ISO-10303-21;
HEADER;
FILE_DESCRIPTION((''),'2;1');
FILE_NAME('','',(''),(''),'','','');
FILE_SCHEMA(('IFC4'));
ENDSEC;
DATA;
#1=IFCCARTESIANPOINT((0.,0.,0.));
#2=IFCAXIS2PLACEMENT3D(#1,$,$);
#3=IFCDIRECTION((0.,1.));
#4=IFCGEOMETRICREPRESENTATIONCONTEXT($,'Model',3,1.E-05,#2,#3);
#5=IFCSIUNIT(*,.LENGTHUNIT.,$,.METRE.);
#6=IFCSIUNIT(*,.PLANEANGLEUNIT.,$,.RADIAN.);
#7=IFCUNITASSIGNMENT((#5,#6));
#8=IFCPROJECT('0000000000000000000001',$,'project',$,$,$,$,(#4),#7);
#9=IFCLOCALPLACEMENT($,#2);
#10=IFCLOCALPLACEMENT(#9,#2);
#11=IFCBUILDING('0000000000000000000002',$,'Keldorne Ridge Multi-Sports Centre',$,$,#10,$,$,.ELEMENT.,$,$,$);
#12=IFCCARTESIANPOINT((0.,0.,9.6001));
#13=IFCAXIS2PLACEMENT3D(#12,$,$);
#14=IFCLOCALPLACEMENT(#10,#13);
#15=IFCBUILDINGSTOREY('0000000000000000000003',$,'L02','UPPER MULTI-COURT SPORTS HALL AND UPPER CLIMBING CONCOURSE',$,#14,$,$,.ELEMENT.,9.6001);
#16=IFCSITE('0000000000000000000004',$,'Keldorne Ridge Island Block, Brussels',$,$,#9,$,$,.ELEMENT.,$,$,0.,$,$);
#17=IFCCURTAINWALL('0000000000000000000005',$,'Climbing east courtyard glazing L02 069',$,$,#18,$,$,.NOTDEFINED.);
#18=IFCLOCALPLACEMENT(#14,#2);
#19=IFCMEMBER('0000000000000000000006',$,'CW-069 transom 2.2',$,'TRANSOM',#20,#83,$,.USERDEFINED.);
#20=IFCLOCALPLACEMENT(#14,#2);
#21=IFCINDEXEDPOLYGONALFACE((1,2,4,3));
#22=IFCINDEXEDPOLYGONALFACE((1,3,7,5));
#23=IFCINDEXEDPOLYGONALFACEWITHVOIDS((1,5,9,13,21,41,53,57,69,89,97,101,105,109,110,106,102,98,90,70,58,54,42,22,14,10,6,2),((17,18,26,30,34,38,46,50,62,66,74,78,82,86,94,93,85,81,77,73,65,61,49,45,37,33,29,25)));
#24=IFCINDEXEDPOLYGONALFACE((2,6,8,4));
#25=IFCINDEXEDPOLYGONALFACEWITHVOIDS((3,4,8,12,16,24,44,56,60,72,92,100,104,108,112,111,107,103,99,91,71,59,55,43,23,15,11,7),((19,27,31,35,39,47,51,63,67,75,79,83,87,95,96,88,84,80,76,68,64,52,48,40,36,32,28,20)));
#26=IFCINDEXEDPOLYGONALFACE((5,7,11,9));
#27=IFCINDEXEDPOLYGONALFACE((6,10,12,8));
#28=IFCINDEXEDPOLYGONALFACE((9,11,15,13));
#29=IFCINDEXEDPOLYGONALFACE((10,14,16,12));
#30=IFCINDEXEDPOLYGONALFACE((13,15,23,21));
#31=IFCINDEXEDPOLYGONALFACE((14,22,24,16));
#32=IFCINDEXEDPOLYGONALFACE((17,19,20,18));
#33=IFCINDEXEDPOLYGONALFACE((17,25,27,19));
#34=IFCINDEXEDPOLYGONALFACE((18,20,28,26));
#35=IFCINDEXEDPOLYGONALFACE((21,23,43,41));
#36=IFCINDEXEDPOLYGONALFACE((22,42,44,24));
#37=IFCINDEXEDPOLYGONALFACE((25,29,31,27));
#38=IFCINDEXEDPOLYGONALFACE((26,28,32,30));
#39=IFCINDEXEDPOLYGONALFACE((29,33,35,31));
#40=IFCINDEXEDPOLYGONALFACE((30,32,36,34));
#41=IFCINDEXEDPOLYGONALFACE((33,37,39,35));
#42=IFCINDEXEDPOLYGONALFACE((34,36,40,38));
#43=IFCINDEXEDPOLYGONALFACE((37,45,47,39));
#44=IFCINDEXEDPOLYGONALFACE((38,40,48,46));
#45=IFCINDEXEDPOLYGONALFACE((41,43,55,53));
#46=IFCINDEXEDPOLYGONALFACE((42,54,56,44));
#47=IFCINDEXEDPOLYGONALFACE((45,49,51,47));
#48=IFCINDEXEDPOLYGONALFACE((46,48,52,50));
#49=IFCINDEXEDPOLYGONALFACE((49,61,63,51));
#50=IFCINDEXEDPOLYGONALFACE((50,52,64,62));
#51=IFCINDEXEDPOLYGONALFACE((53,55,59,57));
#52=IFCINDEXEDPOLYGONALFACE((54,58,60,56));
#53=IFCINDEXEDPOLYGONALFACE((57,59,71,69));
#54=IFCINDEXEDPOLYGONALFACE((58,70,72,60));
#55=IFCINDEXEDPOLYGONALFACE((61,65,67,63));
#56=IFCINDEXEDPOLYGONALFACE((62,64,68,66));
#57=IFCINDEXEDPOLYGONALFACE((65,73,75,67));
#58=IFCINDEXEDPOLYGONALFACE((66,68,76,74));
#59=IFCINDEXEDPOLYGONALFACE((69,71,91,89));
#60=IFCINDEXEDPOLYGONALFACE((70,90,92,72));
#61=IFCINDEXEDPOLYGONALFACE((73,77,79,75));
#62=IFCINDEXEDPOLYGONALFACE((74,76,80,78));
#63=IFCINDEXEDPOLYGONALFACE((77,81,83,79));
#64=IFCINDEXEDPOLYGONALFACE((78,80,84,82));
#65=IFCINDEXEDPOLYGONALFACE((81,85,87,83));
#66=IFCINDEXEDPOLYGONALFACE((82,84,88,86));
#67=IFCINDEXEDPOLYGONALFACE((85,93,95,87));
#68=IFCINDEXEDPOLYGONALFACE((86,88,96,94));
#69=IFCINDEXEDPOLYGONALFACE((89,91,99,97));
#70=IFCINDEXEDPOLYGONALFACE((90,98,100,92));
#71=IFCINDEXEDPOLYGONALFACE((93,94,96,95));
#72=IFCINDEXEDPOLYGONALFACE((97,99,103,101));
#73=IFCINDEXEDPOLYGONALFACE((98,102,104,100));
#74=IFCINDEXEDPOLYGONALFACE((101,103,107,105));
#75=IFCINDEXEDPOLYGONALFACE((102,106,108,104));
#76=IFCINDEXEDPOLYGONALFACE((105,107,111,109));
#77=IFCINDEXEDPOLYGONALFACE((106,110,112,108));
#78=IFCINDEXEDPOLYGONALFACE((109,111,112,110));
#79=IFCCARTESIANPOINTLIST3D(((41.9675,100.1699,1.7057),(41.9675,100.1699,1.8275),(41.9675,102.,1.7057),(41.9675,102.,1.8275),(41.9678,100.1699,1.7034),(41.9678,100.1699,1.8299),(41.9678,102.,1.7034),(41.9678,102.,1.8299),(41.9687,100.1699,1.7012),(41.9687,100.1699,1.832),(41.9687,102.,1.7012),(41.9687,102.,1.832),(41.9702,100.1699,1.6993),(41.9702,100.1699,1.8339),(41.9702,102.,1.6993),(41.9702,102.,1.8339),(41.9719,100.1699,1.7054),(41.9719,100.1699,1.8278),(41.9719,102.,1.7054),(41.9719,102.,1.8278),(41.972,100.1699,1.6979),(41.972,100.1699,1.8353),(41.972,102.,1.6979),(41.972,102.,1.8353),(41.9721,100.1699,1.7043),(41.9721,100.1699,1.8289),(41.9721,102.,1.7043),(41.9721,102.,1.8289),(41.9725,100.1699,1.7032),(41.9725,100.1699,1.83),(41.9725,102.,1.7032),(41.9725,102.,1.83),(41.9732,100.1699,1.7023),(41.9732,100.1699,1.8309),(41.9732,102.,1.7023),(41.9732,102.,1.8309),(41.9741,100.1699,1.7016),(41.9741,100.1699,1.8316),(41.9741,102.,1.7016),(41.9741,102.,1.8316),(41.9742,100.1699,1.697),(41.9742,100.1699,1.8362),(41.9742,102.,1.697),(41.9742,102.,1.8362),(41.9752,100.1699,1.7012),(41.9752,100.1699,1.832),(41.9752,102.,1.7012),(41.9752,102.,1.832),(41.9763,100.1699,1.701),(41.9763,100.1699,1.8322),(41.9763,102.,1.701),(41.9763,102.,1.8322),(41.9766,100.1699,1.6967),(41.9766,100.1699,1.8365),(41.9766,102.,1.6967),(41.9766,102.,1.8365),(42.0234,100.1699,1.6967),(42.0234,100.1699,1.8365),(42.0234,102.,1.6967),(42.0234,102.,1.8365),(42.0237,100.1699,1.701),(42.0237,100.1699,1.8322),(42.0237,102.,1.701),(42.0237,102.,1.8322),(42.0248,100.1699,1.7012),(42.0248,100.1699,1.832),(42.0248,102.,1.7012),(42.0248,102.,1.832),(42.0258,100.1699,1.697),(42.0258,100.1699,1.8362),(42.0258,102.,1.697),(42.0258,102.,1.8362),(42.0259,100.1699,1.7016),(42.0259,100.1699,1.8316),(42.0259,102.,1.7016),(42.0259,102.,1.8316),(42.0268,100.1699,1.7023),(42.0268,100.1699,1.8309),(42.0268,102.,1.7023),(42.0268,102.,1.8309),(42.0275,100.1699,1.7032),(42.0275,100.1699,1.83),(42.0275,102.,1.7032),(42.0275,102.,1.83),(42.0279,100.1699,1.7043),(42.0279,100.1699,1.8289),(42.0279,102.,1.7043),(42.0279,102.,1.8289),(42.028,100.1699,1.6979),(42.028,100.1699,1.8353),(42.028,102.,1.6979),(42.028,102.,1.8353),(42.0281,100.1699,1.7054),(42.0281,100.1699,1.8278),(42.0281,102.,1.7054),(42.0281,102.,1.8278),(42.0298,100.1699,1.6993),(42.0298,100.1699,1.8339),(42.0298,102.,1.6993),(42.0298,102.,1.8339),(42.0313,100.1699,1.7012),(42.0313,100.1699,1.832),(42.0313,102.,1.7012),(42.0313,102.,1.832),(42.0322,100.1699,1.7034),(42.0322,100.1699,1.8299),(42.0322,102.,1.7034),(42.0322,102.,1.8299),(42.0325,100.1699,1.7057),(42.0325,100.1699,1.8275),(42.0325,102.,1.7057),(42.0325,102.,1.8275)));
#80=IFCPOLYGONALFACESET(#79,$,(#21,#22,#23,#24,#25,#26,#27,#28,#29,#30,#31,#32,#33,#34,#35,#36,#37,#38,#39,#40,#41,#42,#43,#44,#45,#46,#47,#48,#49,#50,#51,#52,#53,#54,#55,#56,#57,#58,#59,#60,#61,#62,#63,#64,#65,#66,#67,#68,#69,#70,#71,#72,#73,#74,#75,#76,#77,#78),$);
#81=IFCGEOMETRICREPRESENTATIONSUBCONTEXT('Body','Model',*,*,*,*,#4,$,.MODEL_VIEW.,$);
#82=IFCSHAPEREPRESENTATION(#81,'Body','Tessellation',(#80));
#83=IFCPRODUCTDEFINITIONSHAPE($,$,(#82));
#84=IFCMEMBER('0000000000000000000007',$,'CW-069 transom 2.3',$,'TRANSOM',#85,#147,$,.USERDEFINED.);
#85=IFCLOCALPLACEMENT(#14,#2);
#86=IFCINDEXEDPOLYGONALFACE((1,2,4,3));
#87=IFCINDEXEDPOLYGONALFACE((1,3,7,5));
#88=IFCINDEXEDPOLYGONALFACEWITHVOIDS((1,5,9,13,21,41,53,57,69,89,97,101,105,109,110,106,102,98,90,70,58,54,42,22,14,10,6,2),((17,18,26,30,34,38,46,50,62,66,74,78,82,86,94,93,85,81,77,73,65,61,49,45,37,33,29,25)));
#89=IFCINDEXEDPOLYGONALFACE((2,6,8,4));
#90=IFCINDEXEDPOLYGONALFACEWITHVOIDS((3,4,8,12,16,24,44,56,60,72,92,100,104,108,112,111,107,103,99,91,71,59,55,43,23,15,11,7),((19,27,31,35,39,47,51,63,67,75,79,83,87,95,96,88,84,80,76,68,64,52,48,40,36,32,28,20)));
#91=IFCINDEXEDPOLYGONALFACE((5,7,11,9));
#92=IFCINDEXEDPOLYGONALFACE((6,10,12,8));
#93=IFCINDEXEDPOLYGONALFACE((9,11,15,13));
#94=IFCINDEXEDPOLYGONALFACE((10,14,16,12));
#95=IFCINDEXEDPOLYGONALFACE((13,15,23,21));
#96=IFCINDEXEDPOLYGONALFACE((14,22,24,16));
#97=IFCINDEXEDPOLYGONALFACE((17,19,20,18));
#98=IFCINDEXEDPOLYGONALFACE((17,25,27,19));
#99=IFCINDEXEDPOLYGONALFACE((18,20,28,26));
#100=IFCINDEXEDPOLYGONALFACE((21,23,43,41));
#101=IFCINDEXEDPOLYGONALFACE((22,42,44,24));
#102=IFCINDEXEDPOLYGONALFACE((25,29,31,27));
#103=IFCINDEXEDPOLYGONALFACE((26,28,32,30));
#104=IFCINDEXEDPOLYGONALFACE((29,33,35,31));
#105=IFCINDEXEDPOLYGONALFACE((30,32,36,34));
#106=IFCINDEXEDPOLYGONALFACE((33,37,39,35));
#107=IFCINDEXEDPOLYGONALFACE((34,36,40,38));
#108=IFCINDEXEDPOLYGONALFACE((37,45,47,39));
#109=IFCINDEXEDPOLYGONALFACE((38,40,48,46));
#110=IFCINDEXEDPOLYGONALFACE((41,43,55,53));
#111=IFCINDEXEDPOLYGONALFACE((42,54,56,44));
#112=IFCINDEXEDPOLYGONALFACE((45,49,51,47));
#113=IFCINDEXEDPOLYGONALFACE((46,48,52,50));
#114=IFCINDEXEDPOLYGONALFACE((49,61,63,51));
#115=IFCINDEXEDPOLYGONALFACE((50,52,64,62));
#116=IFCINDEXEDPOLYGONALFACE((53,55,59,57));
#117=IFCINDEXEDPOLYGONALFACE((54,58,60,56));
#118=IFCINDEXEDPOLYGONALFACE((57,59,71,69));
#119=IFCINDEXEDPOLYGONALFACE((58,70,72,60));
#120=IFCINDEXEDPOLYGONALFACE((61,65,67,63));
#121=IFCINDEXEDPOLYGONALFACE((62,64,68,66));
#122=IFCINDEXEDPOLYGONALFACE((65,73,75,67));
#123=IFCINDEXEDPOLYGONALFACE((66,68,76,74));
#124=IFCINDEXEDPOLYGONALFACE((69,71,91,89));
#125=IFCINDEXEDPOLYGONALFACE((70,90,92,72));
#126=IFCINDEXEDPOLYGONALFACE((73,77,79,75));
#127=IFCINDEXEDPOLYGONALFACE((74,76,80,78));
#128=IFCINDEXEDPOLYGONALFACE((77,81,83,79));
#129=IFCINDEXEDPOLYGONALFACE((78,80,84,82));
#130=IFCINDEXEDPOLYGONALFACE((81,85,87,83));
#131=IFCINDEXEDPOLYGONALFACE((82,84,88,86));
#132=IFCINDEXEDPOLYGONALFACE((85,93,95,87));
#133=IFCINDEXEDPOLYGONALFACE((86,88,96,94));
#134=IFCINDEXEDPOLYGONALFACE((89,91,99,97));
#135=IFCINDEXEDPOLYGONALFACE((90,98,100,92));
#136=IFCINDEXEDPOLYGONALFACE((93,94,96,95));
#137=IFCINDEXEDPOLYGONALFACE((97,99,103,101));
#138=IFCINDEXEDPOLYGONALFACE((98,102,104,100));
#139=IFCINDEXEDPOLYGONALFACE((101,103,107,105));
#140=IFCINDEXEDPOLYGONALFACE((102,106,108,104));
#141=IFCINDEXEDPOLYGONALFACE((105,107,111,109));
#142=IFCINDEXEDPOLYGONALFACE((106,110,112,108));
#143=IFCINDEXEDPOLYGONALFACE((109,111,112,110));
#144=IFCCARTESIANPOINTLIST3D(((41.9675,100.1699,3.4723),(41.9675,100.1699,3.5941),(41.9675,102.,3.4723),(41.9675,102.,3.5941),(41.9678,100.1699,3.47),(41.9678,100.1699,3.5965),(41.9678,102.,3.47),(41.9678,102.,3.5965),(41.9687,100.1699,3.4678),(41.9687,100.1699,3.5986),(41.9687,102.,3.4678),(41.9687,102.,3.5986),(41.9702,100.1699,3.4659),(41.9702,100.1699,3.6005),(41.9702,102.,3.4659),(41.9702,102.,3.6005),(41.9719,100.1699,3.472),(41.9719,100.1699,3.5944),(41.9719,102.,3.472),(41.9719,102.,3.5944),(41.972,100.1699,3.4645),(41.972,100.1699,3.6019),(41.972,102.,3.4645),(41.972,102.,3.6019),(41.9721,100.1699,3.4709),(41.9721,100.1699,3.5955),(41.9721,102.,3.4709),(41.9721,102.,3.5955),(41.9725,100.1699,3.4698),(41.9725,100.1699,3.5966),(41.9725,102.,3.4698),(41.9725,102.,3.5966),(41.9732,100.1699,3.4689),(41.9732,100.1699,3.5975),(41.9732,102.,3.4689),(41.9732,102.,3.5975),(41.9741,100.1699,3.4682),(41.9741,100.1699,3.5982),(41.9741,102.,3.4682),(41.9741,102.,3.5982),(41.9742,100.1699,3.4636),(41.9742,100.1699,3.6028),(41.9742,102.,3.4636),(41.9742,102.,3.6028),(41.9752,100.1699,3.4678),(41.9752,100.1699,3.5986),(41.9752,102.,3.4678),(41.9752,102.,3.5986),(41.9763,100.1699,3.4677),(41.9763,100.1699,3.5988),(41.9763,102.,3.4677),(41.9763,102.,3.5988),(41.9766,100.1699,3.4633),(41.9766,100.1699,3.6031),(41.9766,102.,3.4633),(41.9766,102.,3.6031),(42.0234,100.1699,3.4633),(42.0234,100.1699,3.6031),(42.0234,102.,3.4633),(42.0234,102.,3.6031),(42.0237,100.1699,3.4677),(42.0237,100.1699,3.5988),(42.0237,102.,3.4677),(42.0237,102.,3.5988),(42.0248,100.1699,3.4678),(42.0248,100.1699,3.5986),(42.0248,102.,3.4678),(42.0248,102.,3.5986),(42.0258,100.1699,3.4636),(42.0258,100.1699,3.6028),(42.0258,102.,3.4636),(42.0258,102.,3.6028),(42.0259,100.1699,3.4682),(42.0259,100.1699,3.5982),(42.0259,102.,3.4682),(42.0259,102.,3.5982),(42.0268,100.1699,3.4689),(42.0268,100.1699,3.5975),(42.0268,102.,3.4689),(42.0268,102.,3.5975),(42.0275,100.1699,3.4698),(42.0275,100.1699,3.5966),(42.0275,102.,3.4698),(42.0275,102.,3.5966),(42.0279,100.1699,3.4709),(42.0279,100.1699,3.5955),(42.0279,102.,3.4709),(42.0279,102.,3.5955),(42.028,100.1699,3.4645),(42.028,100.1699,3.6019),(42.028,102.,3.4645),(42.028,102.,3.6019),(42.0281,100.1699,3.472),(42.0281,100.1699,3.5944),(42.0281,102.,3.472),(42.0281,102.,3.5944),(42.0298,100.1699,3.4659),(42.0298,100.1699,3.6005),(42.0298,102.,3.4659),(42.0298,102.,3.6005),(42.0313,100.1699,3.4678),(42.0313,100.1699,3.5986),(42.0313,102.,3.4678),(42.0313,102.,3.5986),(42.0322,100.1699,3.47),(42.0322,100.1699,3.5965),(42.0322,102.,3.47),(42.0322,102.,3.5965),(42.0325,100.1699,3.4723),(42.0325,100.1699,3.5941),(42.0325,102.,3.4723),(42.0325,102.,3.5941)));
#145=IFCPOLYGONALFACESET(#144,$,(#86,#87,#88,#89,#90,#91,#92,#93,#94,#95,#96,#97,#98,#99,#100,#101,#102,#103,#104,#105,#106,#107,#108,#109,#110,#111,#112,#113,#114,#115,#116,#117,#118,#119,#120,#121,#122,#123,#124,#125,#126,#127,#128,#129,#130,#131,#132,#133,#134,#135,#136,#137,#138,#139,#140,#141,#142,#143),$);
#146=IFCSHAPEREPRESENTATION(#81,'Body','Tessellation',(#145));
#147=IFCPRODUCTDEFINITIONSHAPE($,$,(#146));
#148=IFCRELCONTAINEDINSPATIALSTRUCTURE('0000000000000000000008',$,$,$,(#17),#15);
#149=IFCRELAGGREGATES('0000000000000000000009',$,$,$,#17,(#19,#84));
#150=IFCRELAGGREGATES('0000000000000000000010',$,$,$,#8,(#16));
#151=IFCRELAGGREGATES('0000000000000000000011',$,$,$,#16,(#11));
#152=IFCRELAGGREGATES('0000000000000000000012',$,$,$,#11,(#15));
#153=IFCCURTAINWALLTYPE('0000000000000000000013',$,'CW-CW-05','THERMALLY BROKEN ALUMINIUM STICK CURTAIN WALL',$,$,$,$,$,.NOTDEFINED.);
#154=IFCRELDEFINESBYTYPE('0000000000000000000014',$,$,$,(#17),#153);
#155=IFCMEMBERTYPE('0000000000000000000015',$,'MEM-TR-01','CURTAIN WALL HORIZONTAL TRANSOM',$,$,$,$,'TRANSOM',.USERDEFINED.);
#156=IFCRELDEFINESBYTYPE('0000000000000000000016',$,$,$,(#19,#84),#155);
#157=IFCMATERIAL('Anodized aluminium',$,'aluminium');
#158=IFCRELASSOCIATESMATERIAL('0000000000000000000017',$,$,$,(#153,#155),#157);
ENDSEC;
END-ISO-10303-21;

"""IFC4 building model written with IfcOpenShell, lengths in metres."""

from ifc_helpers import new_model, si_unit, direction, frame, origin, origin_2d, place, context, subcontext, project, spatial, hollow_rectangle, extrude, material, material_profile, profile_set, type_object, element, aggregate, save


model = new_model("IFC4")

# Units and contexts
model_context = context("Model", 3, precision=1e-05, world=origin(), true_north=direction((0.0, 1.0)))
body_context = subcontext(model_context, "Body", "Model", "MODEL_VIEW")
ifc_project = project(units=[si_unit("LENGTHUNIT", "METRE"), si_unit("PLANEANGLEUNIT", "RADIAN")], contexts=[model_context])

# Site, building, storey
site_placement = place(None, origin())
site = spatial("IfcSite", under=ifc_project, at=site_placement, Name="Keldorne Ridge Island Block, Brussels", CompositionType="ELEMENT", RefElevation=0.0)
building_placement = place(site_placement, origin())
building = spatial("IfcBuilding", under=site, at=building_placement, Name="Keldorne Ridge Multi-Sports Centre", CompositionType="ELEMENT")
storey_placement = place(building_placement, frame((0.0, 0.0, 9.6001)))
storey = spatial("IfcBuildingStorey", under=building, at=storey_placement, Name="L02", Description="UPPER MULTI-COURT SPORTS HALL AND UPPER CLIMBING CONCOURSE", CompositionType="ELEMENT", Elevation=9.6001)

# Curtain wall, members
ifc_material_1 = material(Name="Anodized aluminium", Category="aluminium")
curtain_wall_type = type_object("IfcCurtainWallType", Name="CW-CW-05", Description="THERMALLY BROKEN ALUMINIUM STICK CURTAIN WALL", PredefinedType="NOTDEFINED", material=ifc_material_1)
curtain_wall_placement = place(storey_placement, origin())
curtain_wall = element("IfcCurtainWall", 1, at=curtain_wall_placement, inside=storey, type_object=curtain_wall_type, Name="Climbing east courtyard glazing L02 069", PredefinedType="NOTDEFINED")
ifc_material_profile_1 = material_profile(ifc_material_1, hollow_rectangle(XDim=0.0649, YDim=0.1399, WallThickness=0.0044, InnerFilletRadius=0.0044, OuterFilletRadius=0.009, at=origin_2d()), Name="ALU TRANSOM 140x65x4.5")
ifc_profile_set_1 = profile_set([ifc_material_profile_1], Name="Anodized aluminium")
member_type_1 = type_object("IfcMemberType", Name="MEM-TR-01", Description="CURTAIN WALL HORIZONTAL TRANSOM", ElementType="TRANSOM", PredefinedType="USERDEFINED", material=ifc_profile_set_1)
member_1_placement = place(storey_placement, frame((42.0, 100.1699, 1.7666), z_axis=(0.0, 1.0, 0.0), x_axis=(-1.0, 0.0, 0.0)))
member_1 = element("IfcMember", 2, at=member_1_placement, type_object=member_type_1, Name="CW-069 transom 2.2", ObjectType="TRANSOM", PredefinedType="USERDEFINED", context=body_context, shape_type="SweptSolid", body=[
    extrude(hollow_rectangle(XDim=0.0649, YDim=0.1399, WallThickness=0.0044, InnerFilletRadius=0.0044, OuterFilletRadius=0.009, at=origin_2d()), origin(), (0.0, 0.0, 1.0), 1.8301),
])
member_2_placement = place(storey_placement, frame((42.0, 100.1699, 3.5332), z_axis=(0.0, 1.0, 0.0), x_axis=(-1.0, 0.0, 0.0)))
member_2 = element("IfcMember", 3, at=member_2_placement, type_object=member_type_1, Name="CW-069 transom 2.3", ObjectType="TRANSOM", PredefinedType="USERDEFINED", context=body_context, shape_type="SweptSolid", body=[
    extrude(hollow_rectangle(XDim=0.0649, YDim=0.1399, WallThickness=0.0044, InnerFilletRadius=0.0044, OuterFilletRadius=0.009, at=origin_2d()), origin(), (0.0, 0.0, 1.0), 1.8301),
])
aggregate(curtain_wall, [member_1, member_2])

save(model, "model.ifc")
